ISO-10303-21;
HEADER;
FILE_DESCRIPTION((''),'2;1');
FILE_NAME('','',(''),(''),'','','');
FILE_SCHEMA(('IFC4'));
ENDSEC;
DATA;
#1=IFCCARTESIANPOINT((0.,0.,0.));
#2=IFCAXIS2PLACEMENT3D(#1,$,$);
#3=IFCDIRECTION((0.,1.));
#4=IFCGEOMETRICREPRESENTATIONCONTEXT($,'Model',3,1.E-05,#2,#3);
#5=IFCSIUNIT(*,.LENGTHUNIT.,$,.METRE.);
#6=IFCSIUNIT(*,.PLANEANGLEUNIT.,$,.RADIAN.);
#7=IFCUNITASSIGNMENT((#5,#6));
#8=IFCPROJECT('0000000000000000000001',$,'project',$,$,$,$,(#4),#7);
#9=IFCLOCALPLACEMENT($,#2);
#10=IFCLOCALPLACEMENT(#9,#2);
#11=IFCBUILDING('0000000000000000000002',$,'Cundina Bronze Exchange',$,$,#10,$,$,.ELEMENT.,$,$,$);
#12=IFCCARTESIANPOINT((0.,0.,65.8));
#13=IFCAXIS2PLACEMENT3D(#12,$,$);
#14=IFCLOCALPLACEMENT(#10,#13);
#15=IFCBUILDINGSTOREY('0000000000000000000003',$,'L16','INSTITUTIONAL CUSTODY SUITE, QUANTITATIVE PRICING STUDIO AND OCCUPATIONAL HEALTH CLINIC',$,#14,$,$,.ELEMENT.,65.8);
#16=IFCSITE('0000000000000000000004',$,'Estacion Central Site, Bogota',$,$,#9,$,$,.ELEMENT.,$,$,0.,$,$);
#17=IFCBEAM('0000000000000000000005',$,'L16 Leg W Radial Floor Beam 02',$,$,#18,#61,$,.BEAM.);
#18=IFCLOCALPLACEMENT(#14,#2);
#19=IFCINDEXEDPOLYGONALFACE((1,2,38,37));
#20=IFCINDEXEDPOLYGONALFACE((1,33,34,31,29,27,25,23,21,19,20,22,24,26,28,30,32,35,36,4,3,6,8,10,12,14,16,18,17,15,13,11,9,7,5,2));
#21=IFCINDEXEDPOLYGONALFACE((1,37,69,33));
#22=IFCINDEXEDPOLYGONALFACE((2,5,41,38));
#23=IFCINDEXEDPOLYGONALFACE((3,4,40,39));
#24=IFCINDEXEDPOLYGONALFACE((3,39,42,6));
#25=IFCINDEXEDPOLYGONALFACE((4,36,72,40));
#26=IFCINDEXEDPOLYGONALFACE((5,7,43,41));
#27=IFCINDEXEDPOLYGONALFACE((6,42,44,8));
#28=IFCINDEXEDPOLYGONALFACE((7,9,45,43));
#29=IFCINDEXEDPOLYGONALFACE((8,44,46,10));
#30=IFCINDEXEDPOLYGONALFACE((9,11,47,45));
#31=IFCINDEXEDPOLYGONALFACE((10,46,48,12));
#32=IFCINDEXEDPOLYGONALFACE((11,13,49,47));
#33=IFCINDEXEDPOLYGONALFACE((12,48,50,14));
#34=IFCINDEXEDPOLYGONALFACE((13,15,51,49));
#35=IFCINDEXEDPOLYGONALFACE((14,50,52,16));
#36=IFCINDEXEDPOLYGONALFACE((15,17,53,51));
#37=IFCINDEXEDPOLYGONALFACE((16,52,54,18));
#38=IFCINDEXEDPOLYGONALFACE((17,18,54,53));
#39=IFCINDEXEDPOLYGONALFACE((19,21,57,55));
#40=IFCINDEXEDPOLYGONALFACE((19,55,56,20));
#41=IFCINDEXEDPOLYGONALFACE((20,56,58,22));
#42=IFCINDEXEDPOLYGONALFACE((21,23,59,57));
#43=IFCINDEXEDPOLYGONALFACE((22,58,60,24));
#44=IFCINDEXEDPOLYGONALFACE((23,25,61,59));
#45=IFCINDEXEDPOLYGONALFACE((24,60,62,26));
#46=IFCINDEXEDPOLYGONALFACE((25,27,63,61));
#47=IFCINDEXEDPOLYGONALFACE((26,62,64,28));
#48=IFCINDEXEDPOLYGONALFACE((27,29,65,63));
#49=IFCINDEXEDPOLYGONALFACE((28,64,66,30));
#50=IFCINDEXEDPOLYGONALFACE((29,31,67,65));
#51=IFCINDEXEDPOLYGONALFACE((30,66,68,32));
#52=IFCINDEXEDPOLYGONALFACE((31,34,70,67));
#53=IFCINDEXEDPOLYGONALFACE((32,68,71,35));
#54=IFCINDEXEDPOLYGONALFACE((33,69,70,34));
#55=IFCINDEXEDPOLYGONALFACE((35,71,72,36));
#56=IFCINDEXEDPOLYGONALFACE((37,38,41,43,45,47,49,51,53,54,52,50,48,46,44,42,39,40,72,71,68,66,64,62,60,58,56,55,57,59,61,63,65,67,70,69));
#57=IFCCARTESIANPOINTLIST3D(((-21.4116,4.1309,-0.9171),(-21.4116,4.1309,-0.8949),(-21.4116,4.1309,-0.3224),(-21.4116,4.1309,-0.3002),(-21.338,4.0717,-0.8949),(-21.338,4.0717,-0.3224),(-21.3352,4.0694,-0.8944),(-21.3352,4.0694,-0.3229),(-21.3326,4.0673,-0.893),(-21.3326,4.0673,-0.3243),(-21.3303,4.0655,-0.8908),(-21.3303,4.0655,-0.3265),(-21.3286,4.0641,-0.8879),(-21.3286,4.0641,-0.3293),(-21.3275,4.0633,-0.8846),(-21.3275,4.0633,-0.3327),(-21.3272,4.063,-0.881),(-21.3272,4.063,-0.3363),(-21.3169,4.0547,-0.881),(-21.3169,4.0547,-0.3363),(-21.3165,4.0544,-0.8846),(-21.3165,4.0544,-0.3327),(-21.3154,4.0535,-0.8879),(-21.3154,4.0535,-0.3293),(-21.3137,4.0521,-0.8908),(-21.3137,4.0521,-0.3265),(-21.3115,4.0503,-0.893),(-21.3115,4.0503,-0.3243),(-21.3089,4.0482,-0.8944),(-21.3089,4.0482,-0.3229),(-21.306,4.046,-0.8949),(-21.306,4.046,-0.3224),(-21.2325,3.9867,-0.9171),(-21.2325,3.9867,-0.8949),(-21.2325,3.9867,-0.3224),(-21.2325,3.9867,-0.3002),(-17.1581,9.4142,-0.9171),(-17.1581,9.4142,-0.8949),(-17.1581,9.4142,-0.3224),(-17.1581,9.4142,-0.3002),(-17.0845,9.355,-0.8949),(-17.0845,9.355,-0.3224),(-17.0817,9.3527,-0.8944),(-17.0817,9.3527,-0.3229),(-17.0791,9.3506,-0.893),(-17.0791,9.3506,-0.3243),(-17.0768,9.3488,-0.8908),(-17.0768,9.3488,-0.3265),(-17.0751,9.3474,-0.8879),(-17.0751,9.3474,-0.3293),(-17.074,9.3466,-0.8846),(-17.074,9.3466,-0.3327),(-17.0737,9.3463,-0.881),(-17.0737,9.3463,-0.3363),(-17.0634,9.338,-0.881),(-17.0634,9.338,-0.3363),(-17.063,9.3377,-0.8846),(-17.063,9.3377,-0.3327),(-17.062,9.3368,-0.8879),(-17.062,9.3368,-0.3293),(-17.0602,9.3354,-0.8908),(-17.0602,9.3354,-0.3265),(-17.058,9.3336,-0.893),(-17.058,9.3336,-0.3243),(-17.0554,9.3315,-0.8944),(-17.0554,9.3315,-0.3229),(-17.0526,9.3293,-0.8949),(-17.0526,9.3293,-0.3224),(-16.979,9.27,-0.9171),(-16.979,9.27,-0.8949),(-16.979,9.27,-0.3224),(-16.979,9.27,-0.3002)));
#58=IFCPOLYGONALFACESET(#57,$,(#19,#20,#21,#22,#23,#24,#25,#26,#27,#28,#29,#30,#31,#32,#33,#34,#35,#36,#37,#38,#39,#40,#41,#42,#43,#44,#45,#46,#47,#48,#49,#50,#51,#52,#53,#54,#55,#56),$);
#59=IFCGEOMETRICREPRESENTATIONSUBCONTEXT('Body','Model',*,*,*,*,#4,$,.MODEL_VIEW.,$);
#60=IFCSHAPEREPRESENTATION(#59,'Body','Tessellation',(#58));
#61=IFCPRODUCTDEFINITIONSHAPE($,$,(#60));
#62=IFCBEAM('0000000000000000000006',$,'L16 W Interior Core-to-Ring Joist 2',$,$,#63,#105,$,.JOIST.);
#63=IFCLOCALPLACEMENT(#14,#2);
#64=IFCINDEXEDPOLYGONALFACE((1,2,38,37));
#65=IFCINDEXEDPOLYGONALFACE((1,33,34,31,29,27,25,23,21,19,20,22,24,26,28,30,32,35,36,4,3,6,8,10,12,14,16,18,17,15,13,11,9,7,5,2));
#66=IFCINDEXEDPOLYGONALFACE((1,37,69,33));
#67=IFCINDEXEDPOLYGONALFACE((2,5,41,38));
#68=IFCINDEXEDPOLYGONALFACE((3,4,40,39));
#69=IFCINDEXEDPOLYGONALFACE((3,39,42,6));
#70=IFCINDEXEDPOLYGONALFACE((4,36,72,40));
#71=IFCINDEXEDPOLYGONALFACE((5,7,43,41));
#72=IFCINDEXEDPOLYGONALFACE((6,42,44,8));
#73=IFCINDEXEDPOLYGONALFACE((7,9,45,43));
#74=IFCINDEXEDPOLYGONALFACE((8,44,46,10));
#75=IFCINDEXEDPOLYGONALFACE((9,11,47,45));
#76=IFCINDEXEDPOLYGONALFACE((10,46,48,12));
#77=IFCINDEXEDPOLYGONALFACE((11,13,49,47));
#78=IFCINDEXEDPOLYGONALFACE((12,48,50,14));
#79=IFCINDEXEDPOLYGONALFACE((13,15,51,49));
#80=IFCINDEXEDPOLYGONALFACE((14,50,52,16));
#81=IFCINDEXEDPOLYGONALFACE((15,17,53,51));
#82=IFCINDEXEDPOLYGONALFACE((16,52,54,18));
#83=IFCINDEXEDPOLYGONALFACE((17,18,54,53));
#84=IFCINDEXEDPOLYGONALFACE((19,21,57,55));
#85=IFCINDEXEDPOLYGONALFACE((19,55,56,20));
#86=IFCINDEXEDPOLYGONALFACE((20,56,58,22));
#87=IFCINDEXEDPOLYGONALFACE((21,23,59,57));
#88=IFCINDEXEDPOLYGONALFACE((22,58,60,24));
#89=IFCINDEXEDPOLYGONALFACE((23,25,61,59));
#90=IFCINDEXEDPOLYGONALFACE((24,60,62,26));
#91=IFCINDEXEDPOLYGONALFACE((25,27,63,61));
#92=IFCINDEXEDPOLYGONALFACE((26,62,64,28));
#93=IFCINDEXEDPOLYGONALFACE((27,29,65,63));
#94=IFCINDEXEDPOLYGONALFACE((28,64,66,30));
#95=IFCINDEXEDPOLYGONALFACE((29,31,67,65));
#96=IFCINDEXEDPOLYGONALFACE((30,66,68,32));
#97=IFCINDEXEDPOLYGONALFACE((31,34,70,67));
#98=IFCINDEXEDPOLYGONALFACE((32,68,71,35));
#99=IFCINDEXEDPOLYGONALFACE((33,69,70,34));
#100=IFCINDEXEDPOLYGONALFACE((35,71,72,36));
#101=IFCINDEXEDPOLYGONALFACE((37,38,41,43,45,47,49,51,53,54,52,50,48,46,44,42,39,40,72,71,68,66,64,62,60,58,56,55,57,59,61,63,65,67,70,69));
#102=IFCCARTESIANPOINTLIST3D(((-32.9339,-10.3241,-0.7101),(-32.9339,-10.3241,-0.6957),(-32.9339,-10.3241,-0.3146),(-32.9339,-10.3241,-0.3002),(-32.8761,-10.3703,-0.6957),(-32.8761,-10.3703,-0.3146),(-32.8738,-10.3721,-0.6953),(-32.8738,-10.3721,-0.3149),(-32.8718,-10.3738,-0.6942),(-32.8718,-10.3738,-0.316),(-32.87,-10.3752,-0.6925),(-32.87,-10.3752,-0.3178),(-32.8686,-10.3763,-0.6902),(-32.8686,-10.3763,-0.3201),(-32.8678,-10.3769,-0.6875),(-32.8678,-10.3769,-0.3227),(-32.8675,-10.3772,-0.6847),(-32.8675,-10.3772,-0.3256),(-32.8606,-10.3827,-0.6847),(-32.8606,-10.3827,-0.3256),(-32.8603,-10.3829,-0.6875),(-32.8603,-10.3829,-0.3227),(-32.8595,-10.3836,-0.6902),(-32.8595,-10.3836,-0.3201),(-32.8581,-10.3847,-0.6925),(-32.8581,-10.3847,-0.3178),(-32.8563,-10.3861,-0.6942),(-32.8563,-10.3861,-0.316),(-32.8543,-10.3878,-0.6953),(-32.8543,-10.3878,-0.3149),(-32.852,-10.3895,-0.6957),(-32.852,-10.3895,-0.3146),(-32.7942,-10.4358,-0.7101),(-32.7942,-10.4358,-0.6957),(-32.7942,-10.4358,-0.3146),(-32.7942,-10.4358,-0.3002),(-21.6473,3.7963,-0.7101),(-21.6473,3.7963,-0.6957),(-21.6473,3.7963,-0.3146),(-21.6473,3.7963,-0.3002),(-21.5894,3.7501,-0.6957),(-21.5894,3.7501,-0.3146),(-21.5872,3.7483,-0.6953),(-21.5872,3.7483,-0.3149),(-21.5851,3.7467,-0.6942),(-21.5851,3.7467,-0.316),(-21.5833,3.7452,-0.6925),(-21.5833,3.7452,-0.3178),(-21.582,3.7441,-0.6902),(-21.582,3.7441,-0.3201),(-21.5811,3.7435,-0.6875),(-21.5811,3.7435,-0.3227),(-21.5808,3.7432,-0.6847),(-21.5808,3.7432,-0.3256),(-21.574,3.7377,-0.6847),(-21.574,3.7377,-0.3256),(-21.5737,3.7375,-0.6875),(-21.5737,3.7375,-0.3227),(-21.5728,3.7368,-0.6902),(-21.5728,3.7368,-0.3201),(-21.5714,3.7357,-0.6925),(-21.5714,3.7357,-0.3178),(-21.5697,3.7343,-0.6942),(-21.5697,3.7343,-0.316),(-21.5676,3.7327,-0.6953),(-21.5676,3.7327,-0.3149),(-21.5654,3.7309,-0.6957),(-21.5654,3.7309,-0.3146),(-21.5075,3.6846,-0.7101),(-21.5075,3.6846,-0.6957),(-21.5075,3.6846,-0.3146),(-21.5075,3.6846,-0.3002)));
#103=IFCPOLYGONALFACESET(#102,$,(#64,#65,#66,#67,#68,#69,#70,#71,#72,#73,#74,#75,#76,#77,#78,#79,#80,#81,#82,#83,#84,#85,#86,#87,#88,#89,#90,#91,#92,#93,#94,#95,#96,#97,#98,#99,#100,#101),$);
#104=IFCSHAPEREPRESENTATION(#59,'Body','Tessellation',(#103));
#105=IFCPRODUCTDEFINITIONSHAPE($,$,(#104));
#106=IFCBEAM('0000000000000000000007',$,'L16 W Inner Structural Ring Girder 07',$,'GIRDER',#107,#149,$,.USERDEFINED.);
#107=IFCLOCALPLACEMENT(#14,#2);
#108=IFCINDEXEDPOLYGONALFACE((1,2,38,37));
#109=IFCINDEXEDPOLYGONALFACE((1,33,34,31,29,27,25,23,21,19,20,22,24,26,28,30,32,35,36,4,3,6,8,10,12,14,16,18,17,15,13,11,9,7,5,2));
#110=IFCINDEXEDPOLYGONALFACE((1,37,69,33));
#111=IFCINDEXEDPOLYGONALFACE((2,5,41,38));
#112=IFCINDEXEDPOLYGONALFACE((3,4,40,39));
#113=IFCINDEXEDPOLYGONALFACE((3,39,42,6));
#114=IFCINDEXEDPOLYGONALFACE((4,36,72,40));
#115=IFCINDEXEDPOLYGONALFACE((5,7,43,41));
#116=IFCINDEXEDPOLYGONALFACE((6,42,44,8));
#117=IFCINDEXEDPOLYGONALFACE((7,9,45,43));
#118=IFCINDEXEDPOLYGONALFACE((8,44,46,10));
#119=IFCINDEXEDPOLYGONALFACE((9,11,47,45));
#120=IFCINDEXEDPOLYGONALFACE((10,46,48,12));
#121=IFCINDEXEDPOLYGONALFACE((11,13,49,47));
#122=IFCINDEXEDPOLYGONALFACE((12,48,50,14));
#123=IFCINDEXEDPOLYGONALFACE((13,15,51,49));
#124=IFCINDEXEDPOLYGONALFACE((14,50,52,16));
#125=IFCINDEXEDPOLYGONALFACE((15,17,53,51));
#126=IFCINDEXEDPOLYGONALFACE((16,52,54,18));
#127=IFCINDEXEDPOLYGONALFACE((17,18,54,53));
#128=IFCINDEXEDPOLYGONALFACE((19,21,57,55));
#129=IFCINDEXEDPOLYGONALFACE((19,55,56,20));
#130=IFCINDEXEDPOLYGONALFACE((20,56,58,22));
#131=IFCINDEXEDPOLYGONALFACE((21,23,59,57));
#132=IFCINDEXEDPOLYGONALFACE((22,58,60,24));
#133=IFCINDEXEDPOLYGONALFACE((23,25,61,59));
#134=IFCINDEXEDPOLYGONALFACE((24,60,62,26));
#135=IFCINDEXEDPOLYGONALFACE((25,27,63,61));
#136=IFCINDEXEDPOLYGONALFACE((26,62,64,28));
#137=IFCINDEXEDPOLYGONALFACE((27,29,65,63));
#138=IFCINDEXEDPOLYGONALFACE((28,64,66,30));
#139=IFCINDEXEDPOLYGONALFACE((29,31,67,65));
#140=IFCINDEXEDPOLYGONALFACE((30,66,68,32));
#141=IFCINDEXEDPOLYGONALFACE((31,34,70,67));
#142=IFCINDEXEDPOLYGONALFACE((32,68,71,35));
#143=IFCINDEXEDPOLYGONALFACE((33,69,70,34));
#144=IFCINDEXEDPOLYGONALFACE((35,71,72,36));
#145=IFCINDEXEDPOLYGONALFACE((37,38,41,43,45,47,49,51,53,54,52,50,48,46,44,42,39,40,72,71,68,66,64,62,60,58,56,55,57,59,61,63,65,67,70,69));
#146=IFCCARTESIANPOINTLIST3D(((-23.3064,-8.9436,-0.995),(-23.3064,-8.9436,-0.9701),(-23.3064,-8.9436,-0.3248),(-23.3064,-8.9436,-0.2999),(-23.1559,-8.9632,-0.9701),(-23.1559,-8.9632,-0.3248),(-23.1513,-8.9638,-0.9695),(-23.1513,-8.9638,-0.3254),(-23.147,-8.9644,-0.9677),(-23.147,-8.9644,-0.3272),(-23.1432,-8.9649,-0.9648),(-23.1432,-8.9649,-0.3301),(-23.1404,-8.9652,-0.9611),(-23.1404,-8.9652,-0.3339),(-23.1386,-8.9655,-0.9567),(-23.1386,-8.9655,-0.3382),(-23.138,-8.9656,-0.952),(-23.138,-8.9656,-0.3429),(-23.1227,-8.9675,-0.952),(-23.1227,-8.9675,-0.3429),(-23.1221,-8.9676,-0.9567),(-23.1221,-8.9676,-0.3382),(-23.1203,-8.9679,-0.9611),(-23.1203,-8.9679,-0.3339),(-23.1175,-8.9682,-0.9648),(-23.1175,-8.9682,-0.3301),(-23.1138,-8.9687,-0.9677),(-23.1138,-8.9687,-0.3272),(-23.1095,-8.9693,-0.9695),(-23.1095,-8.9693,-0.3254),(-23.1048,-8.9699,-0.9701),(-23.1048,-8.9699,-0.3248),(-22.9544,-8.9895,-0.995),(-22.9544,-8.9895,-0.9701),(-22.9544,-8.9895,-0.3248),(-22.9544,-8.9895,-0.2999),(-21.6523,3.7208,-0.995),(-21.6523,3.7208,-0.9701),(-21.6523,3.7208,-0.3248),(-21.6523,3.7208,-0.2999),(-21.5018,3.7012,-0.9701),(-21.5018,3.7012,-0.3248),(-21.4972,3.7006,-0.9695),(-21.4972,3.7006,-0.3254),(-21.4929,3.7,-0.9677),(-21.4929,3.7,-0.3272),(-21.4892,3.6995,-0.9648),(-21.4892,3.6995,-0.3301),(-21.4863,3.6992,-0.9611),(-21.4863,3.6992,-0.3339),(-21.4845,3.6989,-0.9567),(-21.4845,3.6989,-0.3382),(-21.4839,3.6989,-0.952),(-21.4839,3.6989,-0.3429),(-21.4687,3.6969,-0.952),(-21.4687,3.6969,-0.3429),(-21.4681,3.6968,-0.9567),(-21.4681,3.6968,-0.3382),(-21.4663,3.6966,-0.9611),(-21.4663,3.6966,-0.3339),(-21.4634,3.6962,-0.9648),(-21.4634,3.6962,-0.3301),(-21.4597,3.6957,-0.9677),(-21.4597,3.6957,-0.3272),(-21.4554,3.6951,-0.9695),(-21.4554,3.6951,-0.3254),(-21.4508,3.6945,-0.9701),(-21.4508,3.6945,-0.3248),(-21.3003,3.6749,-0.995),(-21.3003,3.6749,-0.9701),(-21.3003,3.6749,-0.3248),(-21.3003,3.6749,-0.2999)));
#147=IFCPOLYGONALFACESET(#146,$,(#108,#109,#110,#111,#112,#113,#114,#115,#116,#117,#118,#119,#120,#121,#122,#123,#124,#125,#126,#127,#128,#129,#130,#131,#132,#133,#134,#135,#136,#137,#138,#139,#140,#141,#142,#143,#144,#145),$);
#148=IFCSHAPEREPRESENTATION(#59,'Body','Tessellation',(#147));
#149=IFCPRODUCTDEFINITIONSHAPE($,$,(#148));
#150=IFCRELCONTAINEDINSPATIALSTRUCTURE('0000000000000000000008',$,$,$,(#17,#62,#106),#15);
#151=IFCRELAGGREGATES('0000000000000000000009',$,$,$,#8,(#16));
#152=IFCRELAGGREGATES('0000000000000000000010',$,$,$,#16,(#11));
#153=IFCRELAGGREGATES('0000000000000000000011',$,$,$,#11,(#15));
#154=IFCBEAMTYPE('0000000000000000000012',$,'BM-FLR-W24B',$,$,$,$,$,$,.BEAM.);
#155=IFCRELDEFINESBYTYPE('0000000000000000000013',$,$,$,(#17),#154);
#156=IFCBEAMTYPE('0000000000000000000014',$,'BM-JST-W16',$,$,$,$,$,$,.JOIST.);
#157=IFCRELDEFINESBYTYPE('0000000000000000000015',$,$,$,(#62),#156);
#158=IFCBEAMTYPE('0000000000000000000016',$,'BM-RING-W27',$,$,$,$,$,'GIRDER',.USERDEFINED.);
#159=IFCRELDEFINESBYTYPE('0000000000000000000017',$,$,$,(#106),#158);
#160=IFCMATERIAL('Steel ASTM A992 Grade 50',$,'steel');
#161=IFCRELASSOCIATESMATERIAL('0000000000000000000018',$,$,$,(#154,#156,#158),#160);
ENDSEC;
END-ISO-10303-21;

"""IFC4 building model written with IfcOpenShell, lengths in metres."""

from ifc_helpers import new_model, si_unit, direction, frame, origin, origin_2d, place, context, subcontext, project, spatial, i_section, extrude, material, material_profile, profile_set, type_object, element, save


model = new_model("IFC4")

# Units and contexts
model_context = context("Model", 3, precision=1e-05, world=origin(), true_north=direction((0.0, 1.0)))
body_context = subcontext(model_context, "Body", "Model", "MODEL_VIEW")
ifc_project = project(units=[si_unit("LENGTHUNIT", "METRE"), si_unit("PLANEANGLEUNIT", "RADIAN")], contexts=[model_context])

# Site, building, storey
site_placement = place(None, origin())
site = spatial("IfcSite", under=ifc_project, at=site_placement, Name="Estacion Central Site, Bogota", CompositionType="ELEMENT", RefElevation=0.0)
building_placement = place(site_placement, origin())
building = spatial("IfcBuilding", under=site, at=building_placement, Name="Cundina Bronze Exchange", CompositionType="ELEMENT")
storey_placement = place(building_placement, frame((0.0, 0.0, 65.8)))
storey = spatial("IfcBuildingStorey", under=building, at=storey_placement, Name="L16", Description="INSTITUTIONAL CUSTODY SUITE, QUANTITATIVE PRICING STUDIO AND OCCUPATIONAL HEALTH CLINIC", CompositionType="ELEMENT", Elevation=65.8)

# Shared definitions
ifc_material_1 = material(Name="Steel ASTM A992 Grade 50", Category="steel")

# Beams
ifc_material_profile_1 = material_profile(ifc_material_1, i_section(OverallWidth=0.23, OverallDepth=0.6169, WebThickness=0.0132, FlangeThickness=0.0222, FilletRadius=0.0139, at=origin_2d()), Name="W24X94", Category="steel")
ifc_profile_set_1 = profile_set([ifc_material_profile_1], Name="Steel ASTM A992 Grade 50")
beam_type_1 = type_object("IfcBeamType", Name="BM-FLR-W24B", PredefinedType="BEAM", material=ifc_profile_set_1)
beam_1_placement = place(storey_placement, frame((-21.322, 4.0588, -0.6086), z_axis=(0.627106, 0.778934, 0.0), x_axis=(-0.778934, 0.627106, 0.0)))
element("IfcBeam", 1, at=beam_1_placement, inside=storey, type_object=beam_type_1, Name="L16 Leg W Radial Floor Beam 02", PredefinedType="BEAM", context=body_context, shape_type="SweptSolid", body=[
    extrude(i_section(OverallWidth=0.23, OverallDepth=0.6169, WebThickness=0.0132, FlangeThickness=0.0222, FilletRadius=0.0139, at=origin_2d()), origin(), (0.0, 0.0, 1.0), 6.7827),
])
ifc_material_profile_2 = material_profile(ifc_material_1, i_section(OverallWidth=0.179, OverallDepth=0.4099, WebThickness=0.0088, FlangeThickness=0.0144, FilletRadius=0.011, at=origin_2d()), Name="W16X45", Category="steel")
ifc_profile_set_2 = profile_set([ifc_material_profile_2], Name="Steel ASTM A992 Grade 50")
beam_type_2 = type_object("IfcBeamType", Name="BM-JST-W16", PredefinedType="JOIST", material=ifc_profile_set_2)
beam_2_placement = place(storey_placement, frame((-21.5774, 3.7405, -0.5051), z_axis=(-0.624369, -0.78113, 0.0), x_axis=(0.78113, -0.624369, 0.0)))
element("IfcBeam", 2, at=beam_2_placement, inside=storey, type_object=beam_type_2, Name="L16 W Interior Core-to-Ring Joist 2", PredefinedType="JOIST", context=body_context, shape_type="SweptSolid", body=[
    extrude(i_section(OverallWidth=0.179, OverallDepth=0.4099, WebThickness=0.0088, FlangeThickness=0.0144, FilletRadius=0.011, at=origin_2d()), origin(), (0.0, 0.0, 1.0), 18.0769),
])
ifc_material_profile_3 = material_profile(ifc_material_1, i_section(OverallWidth=0.355, OverallDepth=0.6951, WebThickness=0.0154, FlangeThickness=0.0249, FilletRadius=0.0181, at=origin_2d()), Name="W27X146", Category="steel")
ifc_profile_set_3 = profile_set([ifc_material_profile_3], Name="Steel ASTM A992 Grade 50")
beam_type_3 = type_object("IfcBeamType", Name="BM-RING-W27", ElementType="GIRDER", PredefinedType="USERDEFINED", material=ifc_profile_set_3)
beam_3_placement = place(storey_placement, frame((-23.1304, -8.9666, -0.6475), z_axis=(0.129508, 0.991578, 0.0), x_axis=(-0.991578, 0.129508, 0.0)))
element("IfcBeam", 3, at=beam_3_placement, inside=storey, type_object=beam_type_3, Name="L16 W Inner Structural Ring Girder 07", ObjectType="GIRDER", PredefinedType="USERDEFINED", context=body_context, shape_type="SweptSolid", body=[
    extrude(i_section(OverallWidth=0.355, OverallDepth=0.6951, WebThickness=0.0154, FlangeThickness=0.0249, FilletRadius=0.0181, at=origin_2d()), origin(), (0.0, 0.0, 1.0), 12.772),
])

save(model, "model.ifc")
